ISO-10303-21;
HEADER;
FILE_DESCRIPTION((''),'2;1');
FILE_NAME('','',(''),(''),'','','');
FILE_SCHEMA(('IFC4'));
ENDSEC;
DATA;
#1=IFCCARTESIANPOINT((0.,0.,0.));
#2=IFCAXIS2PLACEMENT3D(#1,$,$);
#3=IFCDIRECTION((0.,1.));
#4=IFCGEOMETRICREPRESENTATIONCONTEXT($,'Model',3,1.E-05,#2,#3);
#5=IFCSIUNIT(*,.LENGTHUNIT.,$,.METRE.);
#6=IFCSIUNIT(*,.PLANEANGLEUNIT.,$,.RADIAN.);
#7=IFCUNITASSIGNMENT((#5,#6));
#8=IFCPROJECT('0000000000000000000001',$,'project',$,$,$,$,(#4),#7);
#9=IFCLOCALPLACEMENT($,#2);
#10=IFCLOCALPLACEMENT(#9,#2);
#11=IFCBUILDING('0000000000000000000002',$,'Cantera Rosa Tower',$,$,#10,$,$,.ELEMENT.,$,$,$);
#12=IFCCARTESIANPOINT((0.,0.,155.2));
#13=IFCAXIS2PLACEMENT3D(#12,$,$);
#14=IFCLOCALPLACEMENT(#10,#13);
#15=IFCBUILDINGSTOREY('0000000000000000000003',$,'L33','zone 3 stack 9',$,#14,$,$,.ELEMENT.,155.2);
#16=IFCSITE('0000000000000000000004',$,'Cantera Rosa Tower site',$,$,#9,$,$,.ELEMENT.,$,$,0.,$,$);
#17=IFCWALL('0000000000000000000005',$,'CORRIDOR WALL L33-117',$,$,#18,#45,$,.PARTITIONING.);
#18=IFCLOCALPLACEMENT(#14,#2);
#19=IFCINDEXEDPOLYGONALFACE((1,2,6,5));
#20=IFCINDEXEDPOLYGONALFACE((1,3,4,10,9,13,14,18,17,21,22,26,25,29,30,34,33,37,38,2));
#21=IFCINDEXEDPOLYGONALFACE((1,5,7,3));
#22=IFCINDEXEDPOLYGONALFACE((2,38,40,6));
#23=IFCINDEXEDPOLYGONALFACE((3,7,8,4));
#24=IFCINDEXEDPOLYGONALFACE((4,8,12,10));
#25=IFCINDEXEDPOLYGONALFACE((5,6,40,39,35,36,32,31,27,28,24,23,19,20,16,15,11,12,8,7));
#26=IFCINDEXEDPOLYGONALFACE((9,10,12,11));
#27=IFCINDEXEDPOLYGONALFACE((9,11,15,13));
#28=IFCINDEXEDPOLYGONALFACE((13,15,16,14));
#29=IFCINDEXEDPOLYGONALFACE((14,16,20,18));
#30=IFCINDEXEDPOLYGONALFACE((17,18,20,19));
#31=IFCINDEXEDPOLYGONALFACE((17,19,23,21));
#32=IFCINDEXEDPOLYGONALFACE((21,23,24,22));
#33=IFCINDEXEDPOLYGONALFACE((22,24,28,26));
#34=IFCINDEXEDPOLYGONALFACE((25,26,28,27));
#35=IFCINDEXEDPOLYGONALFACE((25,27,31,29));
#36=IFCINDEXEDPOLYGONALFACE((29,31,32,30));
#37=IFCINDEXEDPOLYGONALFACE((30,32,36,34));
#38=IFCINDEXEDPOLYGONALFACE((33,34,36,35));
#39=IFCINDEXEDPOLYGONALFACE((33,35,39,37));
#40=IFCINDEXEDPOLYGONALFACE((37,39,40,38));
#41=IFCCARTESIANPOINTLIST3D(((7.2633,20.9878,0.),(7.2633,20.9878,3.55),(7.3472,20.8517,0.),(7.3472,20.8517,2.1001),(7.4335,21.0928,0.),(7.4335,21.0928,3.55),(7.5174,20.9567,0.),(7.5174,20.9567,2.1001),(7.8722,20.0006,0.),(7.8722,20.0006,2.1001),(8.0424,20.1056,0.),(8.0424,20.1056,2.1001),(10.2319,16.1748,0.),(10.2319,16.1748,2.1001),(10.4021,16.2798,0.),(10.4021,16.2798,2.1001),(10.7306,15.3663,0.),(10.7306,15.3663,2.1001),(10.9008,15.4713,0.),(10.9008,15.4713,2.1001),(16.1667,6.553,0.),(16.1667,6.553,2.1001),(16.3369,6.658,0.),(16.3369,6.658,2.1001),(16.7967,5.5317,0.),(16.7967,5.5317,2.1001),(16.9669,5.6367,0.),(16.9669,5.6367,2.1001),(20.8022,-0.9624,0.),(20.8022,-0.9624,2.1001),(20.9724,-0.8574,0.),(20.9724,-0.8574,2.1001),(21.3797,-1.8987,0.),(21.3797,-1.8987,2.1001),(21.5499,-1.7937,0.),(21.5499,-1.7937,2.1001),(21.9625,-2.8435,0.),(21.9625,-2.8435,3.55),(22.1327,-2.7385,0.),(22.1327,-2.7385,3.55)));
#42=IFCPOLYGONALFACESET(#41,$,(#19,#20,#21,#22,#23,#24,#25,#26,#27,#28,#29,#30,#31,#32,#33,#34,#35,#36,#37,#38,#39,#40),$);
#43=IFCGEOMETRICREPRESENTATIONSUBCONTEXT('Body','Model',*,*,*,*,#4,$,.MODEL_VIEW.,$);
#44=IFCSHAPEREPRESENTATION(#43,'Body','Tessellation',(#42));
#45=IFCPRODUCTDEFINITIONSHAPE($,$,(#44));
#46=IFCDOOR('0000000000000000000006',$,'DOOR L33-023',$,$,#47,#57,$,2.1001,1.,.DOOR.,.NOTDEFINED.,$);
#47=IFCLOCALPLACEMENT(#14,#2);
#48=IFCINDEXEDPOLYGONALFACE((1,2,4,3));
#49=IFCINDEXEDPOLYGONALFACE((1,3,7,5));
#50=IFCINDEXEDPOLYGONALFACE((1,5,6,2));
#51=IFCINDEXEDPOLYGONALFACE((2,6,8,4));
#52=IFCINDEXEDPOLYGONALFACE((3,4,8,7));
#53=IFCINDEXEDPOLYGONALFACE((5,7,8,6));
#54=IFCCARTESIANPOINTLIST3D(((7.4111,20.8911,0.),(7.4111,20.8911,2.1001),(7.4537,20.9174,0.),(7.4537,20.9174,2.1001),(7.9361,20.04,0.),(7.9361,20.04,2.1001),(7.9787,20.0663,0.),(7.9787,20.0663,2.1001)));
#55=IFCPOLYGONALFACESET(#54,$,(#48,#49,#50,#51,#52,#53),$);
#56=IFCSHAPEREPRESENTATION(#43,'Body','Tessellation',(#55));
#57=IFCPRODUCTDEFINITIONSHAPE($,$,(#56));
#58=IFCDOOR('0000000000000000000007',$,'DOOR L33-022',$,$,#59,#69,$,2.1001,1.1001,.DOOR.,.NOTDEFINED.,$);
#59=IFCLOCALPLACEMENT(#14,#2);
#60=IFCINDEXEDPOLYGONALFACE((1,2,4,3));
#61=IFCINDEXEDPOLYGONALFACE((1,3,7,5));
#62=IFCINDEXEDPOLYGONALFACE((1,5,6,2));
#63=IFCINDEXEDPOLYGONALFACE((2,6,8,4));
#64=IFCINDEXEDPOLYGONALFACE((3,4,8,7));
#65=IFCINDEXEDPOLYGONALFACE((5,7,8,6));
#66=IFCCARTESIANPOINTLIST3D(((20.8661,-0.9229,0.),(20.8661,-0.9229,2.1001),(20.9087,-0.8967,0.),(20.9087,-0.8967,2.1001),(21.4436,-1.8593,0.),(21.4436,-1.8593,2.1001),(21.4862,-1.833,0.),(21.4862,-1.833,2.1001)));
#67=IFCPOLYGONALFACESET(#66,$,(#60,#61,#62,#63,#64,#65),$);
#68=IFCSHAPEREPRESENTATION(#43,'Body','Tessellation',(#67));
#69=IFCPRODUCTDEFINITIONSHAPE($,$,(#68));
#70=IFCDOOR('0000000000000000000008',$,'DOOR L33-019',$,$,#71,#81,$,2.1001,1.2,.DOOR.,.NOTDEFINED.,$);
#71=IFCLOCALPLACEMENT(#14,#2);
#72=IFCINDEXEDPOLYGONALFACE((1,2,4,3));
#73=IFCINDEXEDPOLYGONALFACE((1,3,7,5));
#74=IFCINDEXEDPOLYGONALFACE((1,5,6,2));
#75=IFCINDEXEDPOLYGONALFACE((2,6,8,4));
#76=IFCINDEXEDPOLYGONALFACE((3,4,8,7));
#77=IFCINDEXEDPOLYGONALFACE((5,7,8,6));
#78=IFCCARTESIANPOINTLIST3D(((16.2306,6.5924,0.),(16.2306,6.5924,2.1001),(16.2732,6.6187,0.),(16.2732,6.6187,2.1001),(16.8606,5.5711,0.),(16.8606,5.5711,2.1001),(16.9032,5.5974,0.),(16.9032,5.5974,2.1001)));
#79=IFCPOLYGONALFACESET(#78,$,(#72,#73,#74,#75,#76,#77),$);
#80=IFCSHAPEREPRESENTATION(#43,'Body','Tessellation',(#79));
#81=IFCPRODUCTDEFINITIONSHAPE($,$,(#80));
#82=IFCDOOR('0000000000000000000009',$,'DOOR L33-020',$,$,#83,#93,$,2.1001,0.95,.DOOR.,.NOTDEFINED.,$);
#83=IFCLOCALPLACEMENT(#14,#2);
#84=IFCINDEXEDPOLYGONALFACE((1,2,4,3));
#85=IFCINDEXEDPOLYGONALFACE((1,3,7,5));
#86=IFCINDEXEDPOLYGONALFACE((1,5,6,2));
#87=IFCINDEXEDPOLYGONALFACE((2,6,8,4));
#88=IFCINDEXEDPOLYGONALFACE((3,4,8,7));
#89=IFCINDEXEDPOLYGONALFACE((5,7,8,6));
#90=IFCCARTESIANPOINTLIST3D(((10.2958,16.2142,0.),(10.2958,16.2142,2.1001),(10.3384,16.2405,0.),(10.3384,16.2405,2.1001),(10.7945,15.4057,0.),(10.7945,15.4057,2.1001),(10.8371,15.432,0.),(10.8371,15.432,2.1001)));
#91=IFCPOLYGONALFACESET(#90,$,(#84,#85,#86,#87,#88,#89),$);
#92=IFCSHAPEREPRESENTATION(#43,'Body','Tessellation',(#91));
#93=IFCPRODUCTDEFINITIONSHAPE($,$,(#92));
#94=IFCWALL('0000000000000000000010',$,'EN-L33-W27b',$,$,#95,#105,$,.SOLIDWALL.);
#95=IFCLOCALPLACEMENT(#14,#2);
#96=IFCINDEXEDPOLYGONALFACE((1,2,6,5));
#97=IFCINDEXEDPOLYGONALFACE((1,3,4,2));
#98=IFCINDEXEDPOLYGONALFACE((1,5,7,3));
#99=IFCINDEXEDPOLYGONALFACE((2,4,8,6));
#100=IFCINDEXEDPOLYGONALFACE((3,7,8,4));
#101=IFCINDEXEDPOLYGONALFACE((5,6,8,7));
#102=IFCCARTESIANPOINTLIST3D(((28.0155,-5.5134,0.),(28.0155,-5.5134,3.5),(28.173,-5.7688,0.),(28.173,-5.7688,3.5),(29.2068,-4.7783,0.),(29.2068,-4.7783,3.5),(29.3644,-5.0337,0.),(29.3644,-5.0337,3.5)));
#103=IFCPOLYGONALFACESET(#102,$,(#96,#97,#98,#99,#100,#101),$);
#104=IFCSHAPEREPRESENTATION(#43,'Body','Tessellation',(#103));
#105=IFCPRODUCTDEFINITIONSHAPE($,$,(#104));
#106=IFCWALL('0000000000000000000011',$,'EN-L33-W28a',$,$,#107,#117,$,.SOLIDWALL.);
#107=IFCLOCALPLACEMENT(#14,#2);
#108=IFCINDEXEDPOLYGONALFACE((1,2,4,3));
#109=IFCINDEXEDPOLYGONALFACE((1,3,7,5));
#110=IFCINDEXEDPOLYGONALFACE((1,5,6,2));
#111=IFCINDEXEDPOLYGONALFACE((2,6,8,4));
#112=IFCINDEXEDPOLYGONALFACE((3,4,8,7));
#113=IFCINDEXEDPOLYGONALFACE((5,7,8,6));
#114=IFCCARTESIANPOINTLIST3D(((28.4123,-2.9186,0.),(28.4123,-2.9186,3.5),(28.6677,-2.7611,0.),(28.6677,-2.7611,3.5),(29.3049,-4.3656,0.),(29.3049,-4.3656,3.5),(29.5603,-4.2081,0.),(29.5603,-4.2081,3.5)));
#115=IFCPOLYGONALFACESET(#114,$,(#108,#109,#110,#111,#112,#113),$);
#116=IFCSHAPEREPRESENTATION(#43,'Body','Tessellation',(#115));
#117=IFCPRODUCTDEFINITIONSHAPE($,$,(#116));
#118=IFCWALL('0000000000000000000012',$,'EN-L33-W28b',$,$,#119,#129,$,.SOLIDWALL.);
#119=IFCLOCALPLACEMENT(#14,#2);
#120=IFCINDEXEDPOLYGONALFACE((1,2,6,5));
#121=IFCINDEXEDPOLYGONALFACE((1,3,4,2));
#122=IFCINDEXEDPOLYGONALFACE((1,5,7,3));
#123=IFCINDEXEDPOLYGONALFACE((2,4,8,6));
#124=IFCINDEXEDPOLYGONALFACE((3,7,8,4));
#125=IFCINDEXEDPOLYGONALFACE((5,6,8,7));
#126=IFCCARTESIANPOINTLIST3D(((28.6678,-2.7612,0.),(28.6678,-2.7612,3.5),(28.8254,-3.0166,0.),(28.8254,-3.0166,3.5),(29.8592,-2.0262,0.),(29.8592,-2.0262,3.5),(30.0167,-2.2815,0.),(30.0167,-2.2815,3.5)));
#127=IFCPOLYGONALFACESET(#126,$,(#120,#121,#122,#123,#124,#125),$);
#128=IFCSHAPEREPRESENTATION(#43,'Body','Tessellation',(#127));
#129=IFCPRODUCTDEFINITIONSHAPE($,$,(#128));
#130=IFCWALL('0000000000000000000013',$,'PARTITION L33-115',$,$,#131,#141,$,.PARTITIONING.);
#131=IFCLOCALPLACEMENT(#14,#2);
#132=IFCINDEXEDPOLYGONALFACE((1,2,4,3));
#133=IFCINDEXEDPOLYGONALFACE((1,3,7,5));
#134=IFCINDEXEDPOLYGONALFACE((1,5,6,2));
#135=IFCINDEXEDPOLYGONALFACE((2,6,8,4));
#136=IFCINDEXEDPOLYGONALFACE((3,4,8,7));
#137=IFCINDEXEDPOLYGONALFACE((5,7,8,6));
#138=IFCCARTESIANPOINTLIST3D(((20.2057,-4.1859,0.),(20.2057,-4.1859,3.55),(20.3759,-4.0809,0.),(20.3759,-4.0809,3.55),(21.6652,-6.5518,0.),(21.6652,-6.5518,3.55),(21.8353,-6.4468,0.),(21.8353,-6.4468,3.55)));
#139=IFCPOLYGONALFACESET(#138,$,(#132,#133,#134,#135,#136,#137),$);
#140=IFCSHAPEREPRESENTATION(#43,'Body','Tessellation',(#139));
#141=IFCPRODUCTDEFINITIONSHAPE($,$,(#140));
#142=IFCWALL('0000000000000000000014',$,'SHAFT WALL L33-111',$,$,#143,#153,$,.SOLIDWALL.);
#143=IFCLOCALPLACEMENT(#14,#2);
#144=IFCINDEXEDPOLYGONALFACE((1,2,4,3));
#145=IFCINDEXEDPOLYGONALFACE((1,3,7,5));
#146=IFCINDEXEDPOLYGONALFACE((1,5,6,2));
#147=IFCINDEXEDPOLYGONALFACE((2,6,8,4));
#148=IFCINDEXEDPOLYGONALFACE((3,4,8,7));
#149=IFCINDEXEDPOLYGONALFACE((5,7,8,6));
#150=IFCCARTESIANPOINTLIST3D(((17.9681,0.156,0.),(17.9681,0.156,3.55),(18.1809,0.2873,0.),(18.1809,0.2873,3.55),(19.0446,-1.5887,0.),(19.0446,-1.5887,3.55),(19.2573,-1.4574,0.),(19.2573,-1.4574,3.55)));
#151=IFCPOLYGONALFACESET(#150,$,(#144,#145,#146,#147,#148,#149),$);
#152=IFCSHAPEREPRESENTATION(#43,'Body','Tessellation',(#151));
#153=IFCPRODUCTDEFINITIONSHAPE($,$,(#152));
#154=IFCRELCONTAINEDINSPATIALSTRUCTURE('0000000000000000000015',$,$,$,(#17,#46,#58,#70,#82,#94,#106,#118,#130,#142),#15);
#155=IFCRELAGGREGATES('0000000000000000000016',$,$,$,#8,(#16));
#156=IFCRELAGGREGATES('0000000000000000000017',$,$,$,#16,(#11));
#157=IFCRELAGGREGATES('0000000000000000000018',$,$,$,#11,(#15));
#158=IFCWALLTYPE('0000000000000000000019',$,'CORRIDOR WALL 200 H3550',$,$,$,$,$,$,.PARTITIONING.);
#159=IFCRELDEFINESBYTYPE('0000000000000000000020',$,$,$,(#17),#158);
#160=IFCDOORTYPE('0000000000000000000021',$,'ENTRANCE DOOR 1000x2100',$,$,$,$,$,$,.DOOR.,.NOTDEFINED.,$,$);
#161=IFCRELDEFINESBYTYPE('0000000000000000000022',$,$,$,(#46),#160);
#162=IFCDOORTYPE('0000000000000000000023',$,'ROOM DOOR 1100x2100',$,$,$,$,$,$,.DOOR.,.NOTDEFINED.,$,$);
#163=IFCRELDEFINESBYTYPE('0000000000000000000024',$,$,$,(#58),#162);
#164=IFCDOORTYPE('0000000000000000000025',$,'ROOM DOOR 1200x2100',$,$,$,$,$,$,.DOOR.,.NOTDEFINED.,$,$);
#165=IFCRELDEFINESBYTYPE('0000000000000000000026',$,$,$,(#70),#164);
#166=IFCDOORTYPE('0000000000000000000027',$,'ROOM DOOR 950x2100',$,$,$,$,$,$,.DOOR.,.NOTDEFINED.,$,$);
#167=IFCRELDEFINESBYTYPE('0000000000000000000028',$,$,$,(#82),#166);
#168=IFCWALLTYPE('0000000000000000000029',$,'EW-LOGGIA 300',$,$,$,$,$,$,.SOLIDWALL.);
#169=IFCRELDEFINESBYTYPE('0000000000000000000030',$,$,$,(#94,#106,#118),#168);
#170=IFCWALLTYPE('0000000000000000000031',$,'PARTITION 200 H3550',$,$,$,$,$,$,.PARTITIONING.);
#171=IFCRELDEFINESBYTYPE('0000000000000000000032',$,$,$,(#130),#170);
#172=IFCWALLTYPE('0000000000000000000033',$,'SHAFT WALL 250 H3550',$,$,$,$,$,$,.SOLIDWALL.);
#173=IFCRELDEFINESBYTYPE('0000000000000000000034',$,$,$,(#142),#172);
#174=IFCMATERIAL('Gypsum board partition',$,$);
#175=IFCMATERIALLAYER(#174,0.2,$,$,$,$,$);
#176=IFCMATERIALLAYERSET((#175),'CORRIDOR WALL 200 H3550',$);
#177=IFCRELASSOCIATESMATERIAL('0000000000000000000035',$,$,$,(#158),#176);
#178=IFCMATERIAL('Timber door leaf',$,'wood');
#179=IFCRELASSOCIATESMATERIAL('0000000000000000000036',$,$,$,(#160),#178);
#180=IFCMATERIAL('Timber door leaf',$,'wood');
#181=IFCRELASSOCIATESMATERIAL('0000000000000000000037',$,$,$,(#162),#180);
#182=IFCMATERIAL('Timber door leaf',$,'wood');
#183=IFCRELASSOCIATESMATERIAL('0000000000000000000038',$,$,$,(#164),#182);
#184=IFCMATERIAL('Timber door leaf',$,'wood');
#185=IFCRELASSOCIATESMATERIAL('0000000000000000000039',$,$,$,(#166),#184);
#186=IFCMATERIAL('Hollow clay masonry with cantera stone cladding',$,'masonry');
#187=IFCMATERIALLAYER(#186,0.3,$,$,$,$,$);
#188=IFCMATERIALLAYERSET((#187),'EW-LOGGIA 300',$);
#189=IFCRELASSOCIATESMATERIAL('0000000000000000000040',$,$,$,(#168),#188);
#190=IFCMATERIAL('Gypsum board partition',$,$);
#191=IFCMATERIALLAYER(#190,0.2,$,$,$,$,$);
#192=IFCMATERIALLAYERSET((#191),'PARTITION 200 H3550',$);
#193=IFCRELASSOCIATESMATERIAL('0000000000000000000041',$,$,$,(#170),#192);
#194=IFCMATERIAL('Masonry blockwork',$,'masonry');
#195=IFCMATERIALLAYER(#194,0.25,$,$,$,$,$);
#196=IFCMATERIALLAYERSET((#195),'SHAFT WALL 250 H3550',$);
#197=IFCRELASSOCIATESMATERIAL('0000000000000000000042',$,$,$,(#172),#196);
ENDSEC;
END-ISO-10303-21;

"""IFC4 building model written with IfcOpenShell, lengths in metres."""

from ifc_helpers import new_model, si_unit, direction, frame, frame_2d, origin, place, context, subcontext, project, spatial, rectangle, extrude, material, layer, layer_set, type_object, element, fill, save


model = new_model("IFC4")

# Units and contexts
model_context = context("Model", 3, precision=1e-05, world=origin(), true_north=direction((0.0, 1.0)))
body_context = subcontext(model_context, "Body", "Model", "MODEL_VIEW")
ifc_project = project(units=[si_unit("LENGTHUNIT", "METRE"), si_unit("PLANEANGLEUNIT", "RADIAN")], contexts=[model_context])

# Site, building, storey
site_placement = place(None, origin())
site = spatial("IfcSite", under=ifc_project, at=site_placement, Name="Cantera Rosa Tower site", CompositionType="ELEMENT", RefElevation=0.0)
building_placement = place(site_placement, origin())
building = spatial("IfcBuilding", under=site, at=building_placement, Name="Cantera Rosa Tower", CompositionType="ELEMENT")
storey_placement = place(building_placement, frame((0.0, 0.0, 155.2)))
storey = spatial("IfcBuildingStorey", under=building, at=storey_placement, Name="L33", Description="zone 3 stack 9", CompositionType="ELEMENT", Elevation=155.2)

# Shared definitions
ifc_material_1 = material(Name="Gypsum board partition")
ifc_layer_1 = layer(ifc_material_1, 0.2)
ifc_layer_set_1 = layer_set([ifc_layer_1], Name="CORRIDOR WALL 200 H3550")
wall_type_1 = type_object("IfcWallType", Name="CORRIDOR WALL 200 H3550", PredefinedType="PARTITIONING", material=ifc_layer_set_1)

# Wall, openings, doors
wall_1_placement = place(storey_placement, frame((22.0476, -2.791, 0.0), z_axis=(0.0, 0.0, 1.0), x_axis=(-0.524973, 0.851119, 0.0)))
wall_1 = element("IfcWall", 1, at=wall_1_placement, inside=storey, type_object=wall_type_1, Name="CORRIDOR WALL L33-117", PredefinedType="PARTITIONING", context=body_context, shape_type="SweptSolid", body=[
    extrude(rectangle(XDim=28.0, YDim=0.2, at=frame_2d((14.0, 0.0))), origin(), (0.0, 0.0, 1.0), 3.55),
])
opening_1_placement = place(wall_1_placement, frame((9.8401, 0.0, 0.0)))
opening_1 = element("IfcOpeningElement", 2, at=opening_1_placement, cuts=wall_1, PredefinedType="OPENING", context=body_context, shape_type="SweptSolid", body=[
    extrude(rectangle(XDim=1.2, YDim=2.1001, at=frame_2d((0.6001, 1.05))), frame((0.0, 0.1099, 0.0), z_axis=(0.0, -1.0, 0.0), x_axis=(1.0, 0.0, 0.0)), (0.0, 0.0, 1.0), 0.22),
])
opening_2_placement = place(wall_1_placement, frame((21.395, 0.0, 0.0)))
opening_2 = element("IfcOpeningElement", 3, at=opening_2_placement, cuts=wall_1, PredefinedType="OPENING", context=body_context, shape_type="SweptSolid", body=[
    extrude(rectangle(XDim=0.95, YDim=2.1001, at=frame_2d((0.4751, 1.05))), frame((0.0, 0.1099, 0.0), z_axis=(0.0, -1.0, 0.0), x_axis=(1.0, 0.0, 0.0)), (0.0, 0.0, 1.0), 0.22),
])
opening_3_placement = place(wall_1_placement, frame((1.1101, 0.0, 0.0)))
opening_3 = element("IfcOpeningElement", 4, at=opening_3_placement, cuts=wall_1, PredefinedType="OPENING", context=body_context, shape_type="SweptSolid", body=[
    extrude(rectangle(XDim=1.1001, YDim=2.1001, at=frame_2d((0.55, 1.05))), frame((0.0, 0.1099, 0.0), z_axis=(0.0, -1.0, 0.0), x_axis=(1.0, 0.0, 0.0)), (0.0, 0.0, 1.0), 0.22),
])
opening_4_placement = place(wall_1_placement, frame((26.8401, 0.0, 0.0)))
opening_4 = element("IfcOpeningElement", 5, at=opening_4_placement, cuts=wall_1, PredefinedType="OPENING", context=body_context, shape_type="SweptSolid", body=[
    extrude(rectangle(XDim=1.0, YDim=2.1001, at=frame_2d((0.5, 1.05))), frame((0.0, 0.1099, 0.0), z_axis=(0.0, -1.0, 0.0), x_axis=(1.0, 0.0, 0.0)), (0.0, 0.0, 1.0), 0.22),
])
ifc_material_2 = material(Name="Timber door leaf", Category="wood")
door_type_1 = type_object("IfcDoorType", Name="ENTRANCE DOOR 1000x2100", OperationType="NOTDEFINED", PredefinedType="DOOR", material=ifc_material_2)
door_1_placement = place(opening_4_placement, origin())
door_1 = element("IfcDoor", 6, at=door_1_placement, inside=storey, type_object=door_type_1, Name="DOOR L33-023", OperationType="NOTDEFINED", OverallHeight=2.1001, OverallWidth=1.0, PredefinedType="DOOR", context=body_context, shape_type="SweptSolid", body=[
    extrude(rectangle(XDim=1.0, YDim=2.1001, at=frame_2d((0.5, 1.05))), frame((0.0, 0.0249, 0.0), z_axis=(0.0, -1.0, 0.0), x_axis=(1.0, 0.0, 0.0)), (0.0, 0.0, 1.0), 0.05),
])
fill(opening_4, door_1)
ifc_material_3 = material(Name="Timber door leaf", Category="wood")
door_type_2 = type_object("IfcDoorType", Name="ROOM DOOR 1100x2100", OperationType="NOTDEFINED", PredefinedType="DOOR", material=ifc_material_3)
door_2_placement = place(opening_3_placement, origin())
door_2 = element("IfcDoor", 7, at=door_2_placement, inside=storey, type_object=door_type_2, Name="DOOR L33-022", OperationType="NOTDEFINED", OverallHeight=2.1001, OverallWidth=1.1001, PredefinedType="DOOR", context=body_context, shape_type="SweptSolid", body=[
    extrude(rectangle(XDim=1.1001, YDim=2.1001, at=frame_2d((0.55, 1.05))), frame((0.0, 0.0249, 0.0), z_axis=(0.0, -1.0, 0.0), x_axis=(1.0, 0.0, 0.0)), (0.0, 0.0, 1.0), 0.05),
])
fill(opening_3, door_2)
ifc_material_4 = material(Name="Timber door leaf", Category="wood")
door_type_3 = type_object("IfcDoorType", Name="ROOM DOOR 1200x2100", OperationType="NOTDEFINED", PredefinedType="DOOR", material=ifc_material_4)
door_3_placement = place(opening_1_placement, origin())
door_3 = element("IfcDoor", 8, at=door_3_placement, inside=storey, type_object=door_type_3, Name="DOOR L33-019", OperationType="NOTDEFINED", OverallHeight=2.1001, OverallWidth=1.2, PredefinedType="DOOR", context=body_context, shape_type="SweptSolid", body=[
    extrude(rectangle(XDim=1.2, YDim=2.1001, at=frame_2d((0.6001, 1.05))), frame((0.0, 0.0249, 0.0), z_axis=(0.0, -1.0, 0.0), x_axis=(1.0, 0.0, 0.0)), (0.0, 0.0, 1.0), 0.05),
])
fill(opening_1, door_3)
ifc_material_5 = material(Name="Timber door leaf", Category="wood")
door_type_4 = type_object("IfcDoorType", Name="ROOM DOOR 950x2100", OperationType="NOTDEFINED", PredefinedType="DOOR", material=ifc_material_5)
door_4_placement = place(opening_2_placement, origin())
door_4 = element("IfcDoor", 9, at=door_4_placement, inside=storey, type_object=door_type_4, Name="DOOR L33-020", OperationType="NOTDEFINED", OverallHeight=2.1001, OverallWidth=0.95, PredefinedType="DOOR", context=body_context, shape_type="SweptSolid", body=[
    extrude(rectangle(XDim=0.95, YDim=2.1001, at=frame_2d((0.4751, 1.05))), frame((0.0, 0.0249, 0.0), z_axis=(0.0, -1.0, 0.0), x_axis=(1.0, 0.0, 0.0)), (0.0, 0.0, 1.0), 0.05),
])
fill(opening_2, door_4)

# Walls
ifc_material_6 = material(Name="Hollow clay masonry with cantera stone cladding", Category="masonry")
ifc_layer_2 = layer(ifc_material_6, 0.3)
ifc_layer_set_2 = layer_set([ifc_layer_2], Name="EW-LOGGIA 300")
wall_type_2 = type_object("IfcWallType", Name="EW-LOGGIA 300", PredefinedType="SOLIDWALL", material=ifc_layer_set_2)
wall_2_placement = place(storey_placement, frame((28.0942, -5.6411, 0.0), z_axis=(0.0, 0.0, 1.0), x_axis=(0.851041, 0.525099, 0.0)))
element("IfcWall", 10, at=wall_2_placement, inside=storey, type_object=wall_type_2, Name="EN-L33-W27b", PredefinedType="SOLIDWALL", context=body_context, shape_type="SweptSolid", body=[
    extrude(rectangle(XDim=1.3999, YDim=0.3, at=frame_2d((0.7, 0.0))), origin(), (0.0, 0.0, 1.0), 3.5),
])
wall_3_placement = place(storey_placement, frame((29.4326, -4.2869, 0.0), z_axis=(0.0, 0.0, 1.0), x_axis=(-0.524994, 0.851106, 0.0)))
element("IfcWall", 11, at=wall_3_placement, inside=storey, type_object=wall_type_2, Name="EN-L33-W28a", PredefinedType="SOLIDWALL", context=body_context, shape_type="SweptSolid", body=[
    extrude(rectangle(XDim=1.7002, YDim=0.3, at=frame_2d((0.8501, 0.0))), origin(), (0.0, 0.0, 1.0), 3.5),
])
wall_4_placement = place(storey_placement, frame((28.7466, -2.8889, 0.0), z_axis=(0.0, 0.0, 1.0), x_axis=(0.851041, 0.525099, 0.0)))
element("IfcWall", 12, at=wall_4_placement, inside=storey, type_object=wall_type_2, Name="EN-L33-W28b", PredefinedType="SOLIDWALL", context=body_context, shape_type="SweptSolid", body=[
    extrude(rectangle(XDim=1.3999, YDim=0.3, at=frame_2d((0.7, 0.0))), origin(), (0.0, 0.0, 1.0), 3.5),
])

# Walls
ifc_material_7 = material(Name="Gypsum board partition")
ifc_layer_3 = layer(ifc_material_7, 0.2)
ifc_layer_set_3 = layer_set([ifc_layer_3], Name="PARTITION 200 H3550")
wall_type_3 = type_object("IfcWallType", Name="PARTITION 200 H3550", PredefinedType="PARTITIONING", material=ifc_layer_set_3)
wall_5_placement = place(storey_placement, frame((21.7502, -6.4993, 0.0), z_axis=(0.0, 0.0, 1.0), x_axis=(-0.525009, 0.851097, 0.0)))
element("IfcWall", 13, at=wall_5_placement, inside=storey, type_object=wall_type_3, Name="PARTITION L33-115", PredefinedType="PARTITIONING", context=body_context, shape_type="SweptSolid", body=[
    extrude(rectangle(XDim=2.7798, YDim=0.2, at=frame_2d((1.3899, 0.0))), origin(), (0.0, 0.0, 1.0), 3.55),
])
ifc_material_8 = material(Name="Masonry blockwork", Category="masonry")
ifc_layer_4 = layer(ifc_material_8, 0.25)
ifc_layer_set_4 = layer_set([ifc_layer_4], Name="SHAFT WALL 250 H3550")
wall_type_4 = type_object("IfcWallType", Name="SHAFT WALL 250 H3550", PredefinedType="SOLIDWALL", material=ifc_layer_set_4)
wall_6_placement = place(storey_placement, frame((19.1509, -1.5229, 0.0), z_axis=(0.0, 0.0, 1.0), x_axis=(-0.525087, 0.851048, 0.0)))
element("IfcWall", 14, at=wall_6_placement, inside=storey, type_object=wall_type_4, Name="SHAFT WALL L33-111", PredefinedType="SOLIDWALL", context=body_context, shape_type="SweptSolid", body=[
    extrude(rectangle(XDim=2.05, YDim=0.25, at=frame_2d((1.0249, 0.0))), origin(), (0.0, 0.0, 1.0), 3.55),
])

save(model, "model.ifc")
